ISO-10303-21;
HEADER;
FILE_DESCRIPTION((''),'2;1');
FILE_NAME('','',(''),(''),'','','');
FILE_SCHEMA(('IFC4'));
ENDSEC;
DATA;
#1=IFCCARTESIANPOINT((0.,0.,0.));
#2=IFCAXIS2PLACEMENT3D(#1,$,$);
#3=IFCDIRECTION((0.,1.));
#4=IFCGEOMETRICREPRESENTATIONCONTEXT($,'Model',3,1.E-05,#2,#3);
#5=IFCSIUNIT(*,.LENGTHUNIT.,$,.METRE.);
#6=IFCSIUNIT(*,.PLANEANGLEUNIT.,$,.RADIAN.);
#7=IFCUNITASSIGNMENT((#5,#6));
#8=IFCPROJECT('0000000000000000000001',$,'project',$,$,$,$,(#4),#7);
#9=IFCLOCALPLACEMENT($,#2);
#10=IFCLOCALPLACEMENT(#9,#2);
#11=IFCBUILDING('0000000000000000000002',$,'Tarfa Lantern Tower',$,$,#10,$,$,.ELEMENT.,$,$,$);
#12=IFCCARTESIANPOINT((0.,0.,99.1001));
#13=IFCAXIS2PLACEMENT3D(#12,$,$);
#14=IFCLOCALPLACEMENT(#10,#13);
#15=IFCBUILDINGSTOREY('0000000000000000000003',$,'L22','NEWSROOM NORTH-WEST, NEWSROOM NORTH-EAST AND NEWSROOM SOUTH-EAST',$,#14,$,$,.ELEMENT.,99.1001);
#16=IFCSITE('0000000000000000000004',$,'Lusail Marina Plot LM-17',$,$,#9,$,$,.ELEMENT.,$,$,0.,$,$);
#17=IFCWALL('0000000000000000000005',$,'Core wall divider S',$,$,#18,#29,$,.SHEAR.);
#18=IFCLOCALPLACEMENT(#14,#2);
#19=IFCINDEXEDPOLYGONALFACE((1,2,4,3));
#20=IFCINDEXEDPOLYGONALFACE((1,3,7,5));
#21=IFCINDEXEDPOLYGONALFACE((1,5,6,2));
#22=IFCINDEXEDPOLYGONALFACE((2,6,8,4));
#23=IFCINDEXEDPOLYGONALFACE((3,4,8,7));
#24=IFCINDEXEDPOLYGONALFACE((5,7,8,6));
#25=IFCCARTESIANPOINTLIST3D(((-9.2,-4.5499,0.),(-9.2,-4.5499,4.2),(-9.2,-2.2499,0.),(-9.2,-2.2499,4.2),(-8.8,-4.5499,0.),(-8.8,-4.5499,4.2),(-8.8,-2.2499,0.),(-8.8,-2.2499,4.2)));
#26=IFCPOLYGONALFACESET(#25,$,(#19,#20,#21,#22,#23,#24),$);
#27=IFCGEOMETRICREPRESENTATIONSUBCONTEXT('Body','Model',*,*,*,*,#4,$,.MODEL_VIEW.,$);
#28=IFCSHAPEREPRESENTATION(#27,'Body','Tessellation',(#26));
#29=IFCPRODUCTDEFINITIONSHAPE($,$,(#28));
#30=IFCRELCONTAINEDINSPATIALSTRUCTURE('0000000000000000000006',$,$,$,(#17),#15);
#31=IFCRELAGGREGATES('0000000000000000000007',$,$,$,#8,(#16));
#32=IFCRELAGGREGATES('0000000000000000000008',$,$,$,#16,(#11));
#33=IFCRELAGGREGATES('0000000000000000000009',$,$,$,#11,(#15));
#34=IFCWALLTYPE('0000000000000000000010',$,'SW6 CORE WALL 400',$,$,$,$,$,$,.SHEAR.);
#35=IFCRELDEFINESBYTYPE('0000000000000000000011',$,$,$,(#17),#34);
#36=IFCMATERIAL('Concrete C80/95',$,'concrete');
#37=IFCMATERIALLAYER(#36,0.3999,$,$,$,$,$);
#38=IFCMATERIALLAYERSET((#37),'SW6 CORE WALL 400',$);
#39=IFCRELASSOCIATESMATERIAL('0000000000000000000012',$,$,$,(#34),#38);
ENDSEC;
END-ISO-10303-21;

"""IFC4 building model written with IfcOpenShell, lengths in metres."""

from ifc_helpers import new_model, si_unit, direction, frame, frame_2d, origin, place, context, subcontext, project, spatial, rectangle, extrude, material, layer, layer_set, type_object, element, save


model = new_model("IFC4")

# Units and contexts
model_context = context("Model", 3, precision=1e-05, world=origin(), true_north=direction((0.0, 1.0)))
body_context = subcontext(model_context, "Body", "Model", "MODEL_VIEW")
ifc_project = project(units=[si_unit("LENGTHUNIT", "METRE"), si_unit("PLANEANGLEUNIT", "RADIAN")], contexts=[model_context])

# Site, building, storey
site_placement = place(None, origin())
site = spatial("IfcSite", under=ifc_project, at=site_placement, Name="Lusail Marina Plot LM-17", CompositionType="ELEMENT", RefElevation=0.0)
building_placement = place(site_placement, origin())
building = spatial("IfcBuilding", under=site, at=building_placement, Name="Tarfa Lantern Tower", CompositionType="ELEMENT")
storey_placement = place(building_placement, frame((0.0, 0.0, 99.1001)))
storey = spatial("IfcBuildingStorey", under=building, at=storey_placement, Name="L22", Description="NEWSROOM NORTH-WEST, NEWSROOM NORTH-EAST AND NEWSROOM SOUTH-EAST", CompositionType="ELEMENT", Elevation=99.1001)

# Wall
ifc_material_1 = material(Name="Concrete C80/95", Category="concrete")
ifc_layer_1 = layer(ifc_material_1, 0.3999)
ifc_layer_set_1 = layer_set([ifc_layer_1], Name="SW6 CORE WALL 400")
wall_type_1 = type_object("IfcWallType", Name="SW6 CORE WALL 400", PredefinedType="SHEAR", material=ifc_layer_set_1)
wall_1_placement = place(storey_placement, frame((-9.0, -2.25, 0.0), z_axis=(0.0, 0.0, 1.0), x_axis=(0.0, -1.0, 0.0)))
element("IfcWall", 1, at=wall_1_placement, inside=storey, type_object=wall_type_1, Name="Core wall divider S", PredefinedType="SHEAR", context=body_context, shape_type="SweptSolid", body=[
    extrude(rectangle(XDim=2.3, YDim=0.3999, at=frame_2d((1.1499, 0.0))), origin(), (0.0, 0.0, 1.0), 4.2),
])

save(model, "model.ifc")
